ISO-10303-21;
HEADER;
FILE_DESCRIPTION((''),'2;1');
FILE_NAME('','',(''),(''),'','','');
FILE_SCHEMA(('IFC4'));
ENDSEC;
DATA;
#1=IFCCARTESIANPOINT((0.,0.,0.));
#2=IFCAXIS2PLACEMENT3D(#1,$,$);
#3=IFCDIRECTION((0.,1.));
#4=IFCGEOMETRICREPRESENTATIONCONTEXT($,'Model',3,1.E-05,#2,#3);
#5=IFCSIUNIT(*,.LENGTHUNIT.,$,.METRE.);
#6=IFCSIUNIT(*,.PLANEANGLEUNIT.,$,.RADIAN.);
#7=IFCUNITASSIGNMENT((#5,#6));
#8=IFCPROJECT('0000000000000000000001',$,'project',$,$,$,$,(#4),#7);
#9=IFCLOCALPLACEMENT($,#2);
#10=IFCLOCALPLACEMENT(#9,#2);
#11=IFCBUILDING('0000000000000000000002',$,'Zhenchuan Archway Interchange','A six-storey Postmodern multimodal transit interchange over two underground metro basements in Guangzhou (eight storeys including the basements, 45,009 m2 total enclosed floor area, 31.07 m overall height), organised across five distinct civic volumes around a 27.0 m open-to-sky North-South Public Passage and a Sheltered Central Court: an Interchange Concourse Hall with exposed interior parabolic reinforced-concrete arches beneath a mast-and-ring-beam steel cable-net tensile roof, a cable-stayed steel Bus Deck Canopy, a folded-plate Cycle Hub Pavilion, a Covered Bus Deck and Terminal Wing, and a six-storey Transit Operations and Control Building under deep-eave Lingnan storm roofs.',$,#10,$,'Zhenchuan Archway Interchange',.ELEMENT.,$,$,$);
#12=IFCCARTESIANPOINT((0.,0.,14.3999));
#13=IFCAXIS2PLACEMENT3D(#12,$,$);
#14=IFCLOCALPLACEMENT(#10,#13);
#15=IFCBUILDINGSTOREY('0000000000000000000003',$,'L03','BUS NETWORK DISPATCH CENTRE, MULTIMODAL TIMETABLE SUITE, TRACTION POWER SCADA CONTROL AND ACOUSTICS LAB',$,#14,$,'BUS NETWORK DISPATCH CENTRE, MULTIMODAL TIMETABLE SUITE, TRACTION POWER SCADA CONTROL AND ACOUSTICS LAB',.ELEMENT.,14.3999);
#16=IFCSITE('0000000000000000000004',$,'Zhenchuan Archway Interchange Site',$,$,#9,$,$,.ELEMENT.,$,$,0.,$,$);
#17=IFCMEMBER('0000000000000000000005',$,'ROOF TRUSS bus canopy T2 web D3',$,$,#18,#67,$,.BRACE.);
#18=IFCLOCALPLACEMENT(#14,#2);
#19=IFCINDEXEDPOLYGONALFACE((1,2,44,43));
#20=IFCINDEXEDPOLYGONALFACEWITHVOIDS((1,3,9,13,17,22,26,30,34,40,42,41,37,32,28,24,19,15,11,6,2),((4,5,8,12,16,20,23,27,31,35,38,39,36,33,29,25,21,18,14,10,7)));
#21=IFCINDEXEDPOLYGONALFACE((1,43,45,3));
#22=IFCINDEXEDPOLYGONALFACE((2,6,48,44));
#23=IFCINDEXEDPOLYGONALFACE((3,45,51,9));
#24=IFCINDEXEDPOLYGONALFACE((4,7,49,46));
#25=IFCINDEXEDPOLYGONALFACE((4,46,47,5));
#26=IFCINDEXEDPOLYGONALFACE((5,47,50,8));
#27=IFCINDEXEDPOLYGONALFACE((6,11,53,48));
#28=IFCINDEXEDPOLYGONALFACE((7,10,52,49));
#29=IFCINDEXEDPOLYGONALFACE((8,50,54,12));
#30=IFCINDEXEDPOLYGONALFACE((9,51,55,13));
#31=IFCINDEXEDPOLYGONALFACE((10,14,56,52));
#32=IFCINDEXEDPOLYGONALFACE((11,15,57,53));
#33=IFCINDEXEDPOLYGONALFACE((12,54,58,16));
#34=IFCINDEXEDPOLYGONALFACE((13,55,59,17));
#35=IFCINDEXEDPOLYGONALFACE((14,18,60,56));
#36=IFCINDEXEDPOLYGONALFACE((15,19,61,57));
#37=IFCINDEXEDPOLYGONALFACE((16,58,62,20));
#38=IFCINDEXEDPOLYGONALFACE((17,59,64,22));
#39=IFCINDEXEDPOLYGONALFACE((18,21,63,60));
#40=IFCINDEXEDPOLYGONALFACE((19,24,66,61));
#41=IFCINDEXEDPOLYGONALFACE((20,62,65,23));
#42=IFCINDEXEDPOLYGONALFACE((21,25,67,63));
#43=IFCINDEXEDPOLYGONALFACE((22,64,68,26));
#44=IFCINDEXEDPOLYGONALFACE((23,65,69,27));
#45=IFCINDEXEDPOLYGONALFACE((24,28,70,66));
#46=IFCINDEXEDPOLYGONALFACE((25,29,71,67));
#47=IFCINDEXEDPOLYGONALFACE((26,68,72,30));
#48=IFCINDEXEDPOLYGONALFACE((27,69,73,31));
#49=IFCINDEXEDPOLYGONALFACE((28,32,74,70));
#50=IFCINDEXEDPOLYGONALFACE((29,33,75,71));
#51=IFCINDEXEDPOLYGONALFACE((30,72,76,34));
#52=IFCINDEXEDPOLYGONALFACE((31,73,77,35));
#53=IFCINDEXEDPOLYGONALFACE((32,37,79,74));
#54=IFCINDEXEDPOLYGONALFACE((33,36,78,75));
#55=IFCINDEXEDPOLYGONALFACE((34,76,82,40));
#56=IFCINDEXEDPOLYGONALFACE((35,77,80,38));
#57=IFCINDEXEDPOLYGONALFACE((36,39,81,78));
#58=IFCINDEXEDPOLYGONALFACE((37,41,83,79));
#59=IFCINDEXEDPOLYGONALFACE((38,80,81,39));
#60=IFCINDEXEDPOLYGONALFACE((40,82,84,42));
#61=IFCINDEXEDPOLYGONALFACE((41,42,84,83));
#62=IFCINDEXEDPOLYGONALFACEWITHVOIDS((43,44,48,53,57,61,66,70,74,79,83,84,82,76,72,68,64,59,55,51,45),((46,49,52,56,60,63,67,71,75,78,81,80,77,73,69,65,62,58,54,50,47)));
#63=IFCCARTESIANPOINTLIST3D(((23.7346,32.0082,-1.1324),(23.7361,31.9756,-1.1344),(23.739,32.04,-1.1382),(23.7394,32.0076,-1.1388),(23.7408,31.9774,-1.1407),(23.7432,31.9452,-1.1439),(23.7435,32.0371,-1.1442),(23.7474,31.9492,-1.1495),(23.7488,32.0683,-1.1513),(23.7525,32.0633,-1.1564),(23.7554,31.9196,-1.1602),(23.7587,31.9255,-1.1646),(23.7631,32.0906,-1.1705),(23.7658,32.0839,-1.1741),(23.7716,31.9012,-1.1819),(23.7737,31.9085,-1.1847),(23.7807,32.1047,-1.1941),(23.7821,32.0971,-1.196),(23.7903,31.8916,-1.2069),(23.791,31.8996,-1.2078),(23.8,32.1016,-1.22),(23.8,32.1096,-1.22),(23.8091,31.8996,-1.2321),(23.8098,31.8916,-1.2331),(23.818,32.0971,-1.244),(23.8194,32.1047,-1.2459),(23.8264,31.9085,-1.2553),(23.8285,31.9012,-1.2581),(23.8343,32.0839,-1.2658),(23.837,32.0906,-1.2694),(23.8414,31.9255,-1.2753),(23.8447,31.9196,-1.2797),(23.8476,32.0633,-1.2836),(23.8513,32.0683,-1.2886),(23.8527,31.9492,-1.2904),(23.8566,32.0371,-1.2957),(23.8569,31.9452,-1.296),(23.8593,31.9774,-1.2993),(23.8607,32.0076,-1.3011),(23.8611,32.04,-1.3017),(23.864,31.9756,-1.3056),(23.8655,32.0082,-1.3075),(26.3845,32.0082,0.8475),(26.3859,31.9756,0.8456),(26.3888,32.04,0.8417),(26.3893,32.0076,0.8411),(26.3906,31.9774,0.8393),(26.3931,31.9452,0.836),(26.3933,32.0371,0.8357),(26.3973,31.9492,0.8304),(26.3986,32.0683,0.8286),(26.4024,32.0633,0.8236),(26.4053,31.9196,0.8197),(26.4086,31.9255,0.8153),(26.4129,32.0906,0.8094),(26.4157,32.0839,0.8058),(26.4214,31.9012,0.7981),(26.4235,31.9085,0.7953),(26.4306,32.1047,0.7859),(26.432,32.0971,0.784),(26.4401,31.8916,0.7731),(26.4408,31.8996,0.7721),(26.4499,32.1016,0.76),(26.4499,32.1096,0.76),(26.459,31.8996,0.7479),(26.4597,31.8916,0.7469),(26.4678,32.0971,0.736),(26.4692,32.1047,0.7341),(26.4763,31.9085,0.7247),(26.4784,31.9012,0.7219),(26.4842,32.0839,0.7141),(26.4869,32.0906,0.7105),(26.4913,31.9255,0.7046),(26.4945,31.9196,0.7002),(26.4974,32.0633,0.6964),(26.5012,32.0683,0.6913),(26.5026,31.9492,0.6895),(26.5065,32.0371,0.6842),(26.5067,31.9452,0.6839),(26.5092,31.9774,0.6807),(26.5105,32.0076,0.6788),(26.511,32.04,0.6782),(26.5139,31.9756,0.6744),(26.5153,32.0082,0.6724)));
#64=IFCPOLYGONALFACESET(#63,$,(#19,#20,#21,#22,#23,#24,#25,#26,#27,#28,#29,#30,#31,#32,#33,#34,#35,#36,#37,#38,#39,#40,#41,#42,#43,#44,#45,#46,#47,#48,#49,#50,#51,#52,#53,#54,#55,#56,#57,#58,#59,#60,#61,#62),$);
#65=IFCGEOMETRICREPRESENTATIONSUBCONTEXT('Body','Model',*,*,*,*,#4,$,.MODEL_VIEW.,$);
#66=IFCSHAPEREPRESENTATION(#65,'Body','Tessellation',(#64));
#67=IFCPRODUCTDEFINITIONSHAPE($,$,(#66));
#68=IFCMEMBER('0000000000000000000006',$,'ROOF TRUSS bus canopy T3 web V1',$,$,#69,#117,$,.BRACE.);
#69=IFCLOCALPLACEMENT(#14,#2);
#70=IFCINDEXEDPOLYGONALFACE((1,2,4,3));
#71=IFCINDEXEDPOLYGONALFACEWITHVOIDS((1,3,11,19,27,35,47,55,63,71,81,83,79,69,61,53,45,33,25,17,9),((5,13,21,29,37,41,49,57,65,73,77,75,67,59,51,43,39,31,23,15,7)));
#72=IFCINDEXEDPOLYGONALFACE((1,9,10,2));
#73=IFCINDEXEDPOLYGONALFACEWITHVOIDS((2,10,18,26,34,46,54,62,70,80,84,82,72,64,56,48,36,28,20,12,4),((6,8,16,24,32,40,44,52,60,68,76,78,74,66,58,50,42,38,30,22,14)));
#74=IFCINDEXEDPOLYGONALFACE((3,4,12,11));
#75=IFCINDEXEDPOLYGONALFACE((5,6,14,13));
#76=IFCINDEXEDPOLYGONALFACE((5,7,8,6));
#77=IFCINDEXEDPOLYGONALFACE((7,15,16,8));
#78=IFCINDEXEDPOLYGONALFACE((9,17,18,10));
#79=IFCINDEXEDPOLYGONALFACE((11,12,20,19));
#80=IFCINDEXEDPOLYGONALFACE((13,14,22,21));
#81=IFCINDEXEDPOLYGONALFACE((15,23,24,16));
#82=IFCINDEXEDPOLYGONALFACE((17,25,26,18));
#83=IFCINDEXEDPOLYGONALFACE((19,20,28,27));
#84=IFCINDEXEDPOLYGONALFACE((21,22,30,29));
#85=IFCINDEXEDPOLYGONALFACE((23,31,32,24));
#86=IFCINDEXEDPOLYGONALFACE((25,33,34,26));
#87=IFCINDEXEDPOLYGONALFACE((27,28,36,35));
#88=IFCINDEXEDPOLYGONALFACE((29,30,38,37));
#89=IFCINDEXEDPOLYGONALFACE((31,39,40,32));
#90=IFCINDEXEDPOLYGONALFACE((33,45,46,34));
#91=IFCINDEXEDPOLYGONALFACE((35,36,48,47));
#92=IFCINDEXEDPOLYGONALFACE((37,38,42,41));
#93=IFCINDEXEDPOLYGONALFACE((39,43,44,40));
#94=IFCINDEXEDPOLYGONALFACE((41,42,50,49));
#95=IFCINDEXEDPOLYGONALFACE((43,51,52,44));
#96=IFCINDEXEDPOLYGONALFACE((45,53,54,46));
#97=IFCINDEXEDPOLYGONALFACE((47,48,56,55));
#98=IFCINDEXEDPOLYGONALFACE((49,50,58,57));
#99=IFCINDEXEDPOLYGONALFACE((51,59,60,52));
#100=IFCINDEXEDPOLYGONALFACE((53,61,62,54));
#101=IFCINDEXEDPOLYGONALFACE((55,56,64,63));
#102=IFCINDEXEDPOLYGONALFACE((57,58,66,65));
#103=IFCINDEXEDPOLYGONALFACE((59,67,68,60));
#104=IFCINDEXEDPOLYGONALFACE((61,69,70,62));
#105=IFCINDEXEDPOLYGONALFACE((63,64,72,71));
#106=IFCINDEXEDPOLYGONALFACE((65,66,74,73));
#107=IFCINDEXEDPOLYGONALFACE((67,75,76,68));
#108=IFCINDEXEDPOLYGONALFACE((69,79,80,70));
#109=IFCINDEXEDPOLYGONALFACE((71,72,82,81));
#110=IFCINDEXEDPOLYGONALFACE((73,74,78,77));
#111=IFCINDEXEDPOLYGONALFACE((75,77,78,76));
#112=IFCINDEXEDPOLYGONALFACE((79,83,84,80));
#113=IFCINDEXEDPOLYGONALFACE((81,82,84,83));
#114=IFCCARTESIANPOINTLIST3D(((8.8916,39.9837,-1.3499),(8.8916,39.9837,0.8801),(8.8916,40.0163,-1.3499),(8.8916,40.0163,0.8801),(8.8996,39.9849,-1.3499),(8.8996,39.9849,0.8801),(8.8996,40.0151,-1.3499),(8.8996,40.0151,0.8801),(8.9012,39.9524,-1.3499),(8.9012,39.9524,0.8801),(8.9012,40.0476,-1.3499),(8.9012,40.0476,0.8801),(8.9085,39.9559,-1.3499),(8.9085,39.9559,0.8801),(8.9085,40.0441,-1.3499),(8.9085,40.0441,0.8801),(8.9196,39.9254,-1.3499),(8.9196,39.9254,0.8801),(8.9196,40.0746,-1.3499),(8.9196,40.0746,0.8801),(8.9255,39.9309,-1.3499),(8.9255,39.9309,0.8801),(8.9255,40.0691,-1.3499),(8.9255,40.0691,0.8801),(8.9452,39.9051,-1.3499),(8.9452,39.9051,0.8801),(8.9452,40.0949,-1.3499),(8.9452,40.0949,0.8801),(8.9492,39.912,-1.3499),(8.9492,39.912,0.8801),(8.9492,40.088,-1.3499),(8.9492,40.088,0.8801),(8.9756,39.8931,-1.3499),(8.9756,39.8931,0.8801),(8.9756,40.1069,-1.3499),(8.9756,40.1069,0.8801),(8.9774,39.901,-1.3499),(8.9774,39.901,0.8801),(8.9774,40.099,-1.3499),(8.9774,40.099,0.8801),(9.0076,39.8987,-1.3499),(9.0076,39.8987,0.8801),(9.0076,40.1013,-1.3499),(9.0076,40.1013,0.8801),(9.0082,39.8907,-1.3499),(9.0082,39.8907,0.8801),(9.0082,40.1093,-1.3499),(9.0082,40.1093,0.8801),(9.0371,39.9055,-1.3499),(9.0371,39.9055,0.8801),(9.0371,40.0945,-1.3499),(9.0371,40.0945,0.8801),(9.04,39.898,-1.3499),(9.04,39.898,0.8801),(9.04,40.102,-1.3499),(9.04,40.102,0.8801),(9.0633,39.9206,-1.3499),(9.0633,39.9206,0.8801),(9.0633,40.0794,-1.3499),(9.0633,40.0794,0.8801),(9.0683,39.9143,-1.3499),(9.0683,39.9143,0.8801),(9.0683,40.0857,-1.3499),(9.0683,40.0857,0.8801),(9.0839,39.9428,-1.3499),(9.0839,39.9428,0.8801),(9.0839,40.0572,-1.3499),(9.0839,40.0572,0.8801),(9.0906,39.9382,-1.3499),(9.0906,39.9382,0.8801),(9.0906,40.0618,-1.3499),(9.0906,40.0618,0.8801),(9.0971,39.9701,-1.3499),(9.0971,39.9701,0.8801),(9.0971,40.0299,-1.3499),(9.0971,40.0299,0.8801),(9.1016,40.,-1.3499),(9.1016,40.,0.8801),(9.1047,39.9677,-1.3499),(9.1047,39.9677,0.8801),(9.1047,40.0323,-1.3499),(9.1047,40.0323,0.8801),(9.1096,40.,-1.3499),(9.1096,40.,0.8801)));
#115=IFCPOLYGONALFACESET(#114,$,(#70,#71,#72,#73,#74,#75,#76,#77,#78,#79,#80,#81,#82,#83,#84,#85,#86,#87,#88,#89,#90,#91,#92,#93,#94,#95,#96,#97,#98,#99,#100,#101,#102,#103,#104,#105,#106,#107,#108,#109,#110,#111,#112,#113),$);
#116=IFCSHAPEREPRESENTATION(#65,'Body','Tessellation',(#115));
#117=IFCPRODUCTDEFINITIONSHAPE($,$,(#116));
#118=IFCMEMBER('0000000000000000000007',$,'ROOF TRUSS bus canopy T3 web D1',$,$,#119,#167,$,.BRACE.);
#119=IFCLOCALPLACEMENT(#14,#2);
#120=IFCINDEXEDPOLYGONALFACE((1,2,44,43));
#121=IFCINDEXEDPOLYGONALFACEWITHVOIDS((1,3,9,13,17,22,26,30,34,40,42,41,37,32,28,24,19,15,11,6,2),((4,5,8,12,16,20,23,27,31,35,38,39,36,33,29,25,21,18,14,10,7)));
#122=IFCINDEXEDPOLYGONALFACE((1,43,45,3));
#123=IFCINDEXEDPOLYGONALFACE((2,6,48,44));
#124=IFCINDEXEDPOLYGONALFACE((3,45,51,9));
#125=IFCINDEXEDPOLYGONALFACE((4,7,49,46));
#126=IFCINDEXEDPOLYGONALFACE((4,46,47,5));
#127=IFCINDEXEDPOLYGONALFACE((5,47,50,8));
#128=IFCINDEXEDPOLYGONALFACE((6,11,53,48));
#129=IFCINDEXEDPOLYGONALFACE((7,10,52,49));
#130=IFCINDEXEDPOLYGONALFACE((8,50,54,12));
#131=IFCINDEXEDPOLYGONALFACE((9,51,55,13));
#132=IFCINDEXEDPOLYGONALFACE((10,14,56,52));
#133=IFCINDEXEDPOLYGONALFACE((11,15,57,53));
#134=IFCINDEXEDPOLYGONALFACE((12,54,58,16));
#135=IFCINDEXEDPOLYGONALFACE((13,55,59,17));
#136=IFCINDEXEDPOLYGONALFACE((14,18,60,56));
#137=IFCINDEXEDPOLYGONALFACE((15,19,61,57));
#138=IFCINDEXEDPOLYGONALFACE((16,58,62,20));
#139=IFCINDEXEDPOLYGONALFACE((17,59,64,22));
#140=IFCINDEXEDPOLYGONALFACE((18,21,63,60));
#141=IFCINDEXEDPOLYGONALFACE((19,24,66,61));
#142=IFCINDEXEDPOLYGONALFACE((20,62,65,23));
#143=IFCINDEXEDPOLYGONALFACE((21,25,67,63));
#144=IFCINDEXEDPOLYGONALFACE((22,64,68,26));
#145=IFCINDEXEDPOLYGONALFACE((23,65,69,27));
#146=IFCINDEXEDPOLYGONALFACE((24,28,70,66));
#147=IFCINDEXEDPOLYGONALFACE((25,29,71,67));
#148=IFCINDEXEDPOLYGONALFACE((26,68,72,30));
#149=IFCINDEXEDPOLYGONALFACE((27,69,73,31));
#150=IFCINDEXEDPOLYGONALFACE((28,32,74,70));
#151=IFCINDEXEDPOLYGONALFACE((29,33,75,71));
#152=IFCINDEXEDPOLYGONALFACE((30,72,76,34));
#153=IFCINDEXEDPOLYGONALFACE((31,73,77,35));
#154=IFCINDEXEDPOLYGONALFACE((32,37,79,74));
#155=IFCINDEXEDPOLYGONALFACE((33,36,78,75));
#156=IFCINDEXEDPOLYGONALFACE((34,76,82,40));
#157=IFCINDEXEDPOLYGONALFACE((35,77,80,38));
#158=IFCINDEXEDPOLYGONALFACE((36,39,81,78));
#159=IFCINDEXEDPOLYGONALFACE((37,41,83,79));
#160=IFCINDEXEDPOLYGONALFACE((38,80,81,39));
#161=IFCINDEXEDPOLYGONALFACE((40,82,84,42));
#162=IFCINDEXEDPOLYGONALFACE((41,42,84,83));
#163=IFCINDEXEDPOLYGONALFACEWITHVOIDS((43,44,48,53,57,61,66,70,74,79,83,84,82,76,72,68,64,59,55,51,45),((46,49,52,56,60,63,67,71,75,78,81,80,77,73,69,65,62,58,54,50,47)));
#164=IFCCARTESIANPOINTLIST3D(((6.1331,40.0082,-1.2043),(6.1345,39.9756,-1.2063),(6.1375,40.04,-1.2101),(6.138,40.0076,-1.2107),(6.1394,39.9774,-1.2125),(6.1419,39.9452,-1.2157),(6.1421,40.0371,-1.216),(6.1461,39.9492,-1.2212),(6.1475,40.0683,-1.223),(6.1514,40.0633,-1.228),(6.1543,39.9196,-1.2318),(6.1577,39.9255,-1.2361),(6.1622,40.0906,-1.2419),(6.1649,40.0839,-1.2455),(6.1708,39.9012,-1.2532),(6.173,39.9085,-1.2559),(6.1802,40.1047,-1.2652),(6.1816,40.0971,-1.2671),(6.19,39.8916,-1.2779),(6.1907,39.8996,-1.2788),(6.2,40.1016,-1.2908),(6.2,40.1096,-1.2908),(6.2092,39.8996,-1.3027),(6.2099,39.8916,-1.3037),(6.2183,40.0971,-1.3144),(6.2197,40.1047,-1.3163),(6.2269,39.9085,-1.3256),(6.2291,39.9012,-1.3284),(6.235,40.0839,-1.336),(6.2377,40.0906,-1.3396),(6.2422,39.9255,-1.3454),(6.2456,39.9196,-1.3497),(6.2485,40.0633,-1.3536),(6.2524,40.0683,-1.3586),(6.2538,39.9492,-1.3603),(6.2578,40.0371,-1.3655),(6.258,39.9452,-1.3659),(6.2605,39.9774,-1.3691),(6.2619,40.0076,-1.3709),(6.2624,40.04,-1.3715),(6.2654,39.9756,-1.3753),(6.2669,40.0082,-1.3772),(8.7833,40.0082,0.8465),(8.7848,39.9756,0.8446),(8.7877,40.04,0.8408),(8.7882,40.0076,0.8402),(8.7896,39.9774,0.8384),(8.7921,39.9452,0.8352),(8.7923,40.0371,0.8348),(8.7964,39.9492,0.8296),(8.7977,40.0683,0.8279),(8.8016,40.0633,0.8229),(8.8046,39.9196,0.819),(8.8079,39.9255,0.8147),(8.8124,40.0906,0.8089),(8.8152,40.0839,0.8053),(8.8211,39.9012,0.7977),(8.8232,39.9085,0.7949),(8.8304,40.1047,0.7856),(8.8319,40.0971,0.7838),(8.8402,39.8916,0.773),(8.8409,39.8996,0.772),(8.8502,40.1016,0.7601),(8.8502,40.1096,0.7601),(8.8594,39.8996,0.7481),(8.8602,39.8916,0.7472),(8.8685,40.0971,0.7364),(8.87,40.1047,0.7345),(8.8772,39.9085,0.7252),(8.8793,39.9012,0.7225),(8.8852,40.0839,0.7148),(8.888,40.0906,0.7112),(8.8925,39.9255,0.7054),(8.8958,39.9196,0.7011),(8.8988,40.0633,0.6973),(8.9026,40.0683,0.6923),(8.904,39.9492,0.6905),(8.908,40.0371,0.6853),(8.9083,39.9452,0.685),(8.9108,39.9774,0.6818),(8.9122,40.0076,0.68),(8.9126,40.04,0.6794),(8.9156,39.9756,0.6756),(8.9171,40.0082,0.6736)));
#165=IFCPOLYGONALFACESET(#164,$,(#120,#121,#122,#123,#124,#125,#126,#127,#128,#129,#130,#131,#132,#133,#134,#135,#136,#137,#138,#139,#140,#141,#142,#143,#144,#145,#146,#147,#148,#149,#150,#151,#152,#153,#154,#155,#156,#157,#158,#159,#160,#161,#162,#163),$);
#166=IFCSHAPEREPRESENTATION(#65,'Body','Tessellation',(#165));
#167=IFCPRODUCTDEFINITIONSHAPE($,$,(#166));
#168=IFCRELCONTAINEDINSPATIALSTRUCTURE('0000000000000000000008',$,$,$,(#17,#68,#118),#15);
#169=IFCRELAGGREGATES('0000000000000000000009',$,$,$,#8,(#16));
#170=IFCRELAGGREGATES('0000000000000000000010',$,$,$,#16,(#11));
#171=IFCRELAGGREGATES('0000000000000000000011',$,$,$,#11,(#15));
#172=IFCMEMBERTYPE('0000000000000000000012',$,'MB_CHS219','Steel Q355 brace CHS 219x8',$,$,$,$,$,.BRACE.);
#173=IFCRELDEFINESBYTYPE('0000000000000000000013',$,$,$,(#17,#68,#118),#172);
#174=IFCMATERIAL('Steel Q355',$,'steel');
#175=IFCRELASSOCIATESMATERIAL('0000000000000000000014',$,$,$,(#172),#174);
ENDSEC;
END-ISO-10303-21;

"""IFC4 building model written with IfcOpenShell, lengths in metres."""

from ifc_helpers import new_model, si_unit, direction, frame, origin, origin_2d, place, context, subcontext, project, spatial, hollow_circle, extrude, material, material_profile, profile_set, type_object, element, save


model = new_model("IFC4")

# Units and contexts
model_context = context("Model", 3, precision=1e-05, world=origin(), true_north=direction((0.0, 1.0)))
body_context = subcontext(model_context, "Body", "Model", "MODEL_VIEW")
ifc_project = project(units=[si_unit("LENGTHUNIT", "METRE"), si_unit("PLANEANGLEUNIT", "RADIAN")], contexts=[model_context])

# Site, building, storey
site_placement = place(None, origin())
site = spatial("IfcSite", under=ifc_project, at=site_placement, Name="Zhenchuan Archway Interchange Site", CompositionType="ELEMENT", RefElevation=0.0)
building_placement = place(site_placement, origin())
building = spatial("IfcBuilding", under=site, at=building_placement, Name="Zhenchuan Archway Interchange", Description="A six-storey Postmodern multimodal transit interchange over two underground metro basements in Guangzhou (eight storeys including the basements, 45,009 m2 total enclosed floor area, 31.07 m overall height), organised across five distinct civic volumes around a 27.0 m open-to-sky North-South Public Passage and a Sheltered Central Court: an Interchange Concourse Hall with exposed interior parabolic reinforced-concrete arches beneath a mast-and-ring-beam steel cable-net tensile roof, a cable-stayed steel Bus Deck Canopy, a folded-plate Cycle Hub Pavilion, a Covered Bus Deck and Terminal Wing, and a six-storey Transit Operations and Control Building under deep-eave Lingnan storm roofs.", LongName="Zhenchuan Archway Interchange", CompositionType="ELEMENT")
storey_placement = place(building_placement, frame((0.0, 0.0, 14.3999)))
storey = spatial("IfcBuildingStorey", under=building, at=storey_placement, Name="L03", Description="BUS NETWORK DISPATCH CENTRE, MULTIMODAL TIMETABLE SUITE, TRACTION POWER SCADA CONTROL AND ACOUSTICS LAB", LongName="BUS NETWORK DISPATCH CENTRE, MULTIMODAL TIMETABLE SUITE, TRACTION POWER SCADA CONTROL AND ACOUSTICS LAB", CompositionType="ELEMENT", Elevation=14.3999)

# Shared definitions
ifc_material_1 = material(Name="Steel Q355", Category="steel")

# Members
ifc_material_profile_1 = material_profile(ifc_material_1, hollow_circle(Radius=0.1096, WallThickness=0.0081, at=origin_2d()), Name="CHS 219x8")
ifc_profile_set_1 = profile_set([ifc_material_profile_1], Name="Steel Q355")
member_type_1 = type_object("IfcMemberType", Name="MB_CHS219", Description="Steel Q355 brace CHS 219x8", PredefinedType="BRACE", material=ifc_profile_set_1)
member_1_placement = place(storey_placement, frame((23.8, 32.0, -1.22), z_axis=(0.801079, 0.0, 0.598558), x_axis=(0.0, 1.0, 0.0)))
element("IfcMember", 1, at=member_1_placement, inside=storey, type_object=member_type_1, Name="ROOF TRUSS bus canopy T2 web D3", PredefinedType="BRACE", context=body_context, shape_type="SweptSolid", body=[
    extrude(hollow_circle(Radius=0.1096, WallThickness=0.0081, at=origin_2d()), origin(), (0.0, 0.0, 1.0), 3.3079),
])
member_2_placement = place(storey_placement, frame((9.0, 40.0, -1.3499), z_axis=(0.0, 0.0, 1.0), x_axis=(1.0, 0.0, 0.0)))
element("IfcMember", 2, at=member_2_placement, inside=storey, type_object=member_type_1, Name="ROOF TRUSS bus canopy T3 web V1", PredefinedType="BRACE", context=body_context, shape_type="SweptSolid", body=[
    extrude(hollow_circle(Radius=0.1096, WallThickness=0.0081, at=origin_2d()), origin(), (0.0, 0.0, 1.0), 2.23),
])
member_3_placement = place(storey_placement, frame((6.2, 40.0, -1.2908), z_axis=(0.79086, 0.0, 0.611997), x_axis=(0.0, 1.0, 0.0)))
element("IfcMember", 3, at=member_3_placement, inside=storey, type_object=member_type_1, Name="ROOF TRUSS bus canopy T3 web D1", PredefinedType="BRACE", context=body_context, shape_type="SweptSolid", body=[
    extrude(hollow_circle(Radius=0.1096, WallThickness=0.0081, at=origin_2d()), origin(), (0.0, 0.0, 1.0), 3.3511),
])

save(model, "model.ifc")
